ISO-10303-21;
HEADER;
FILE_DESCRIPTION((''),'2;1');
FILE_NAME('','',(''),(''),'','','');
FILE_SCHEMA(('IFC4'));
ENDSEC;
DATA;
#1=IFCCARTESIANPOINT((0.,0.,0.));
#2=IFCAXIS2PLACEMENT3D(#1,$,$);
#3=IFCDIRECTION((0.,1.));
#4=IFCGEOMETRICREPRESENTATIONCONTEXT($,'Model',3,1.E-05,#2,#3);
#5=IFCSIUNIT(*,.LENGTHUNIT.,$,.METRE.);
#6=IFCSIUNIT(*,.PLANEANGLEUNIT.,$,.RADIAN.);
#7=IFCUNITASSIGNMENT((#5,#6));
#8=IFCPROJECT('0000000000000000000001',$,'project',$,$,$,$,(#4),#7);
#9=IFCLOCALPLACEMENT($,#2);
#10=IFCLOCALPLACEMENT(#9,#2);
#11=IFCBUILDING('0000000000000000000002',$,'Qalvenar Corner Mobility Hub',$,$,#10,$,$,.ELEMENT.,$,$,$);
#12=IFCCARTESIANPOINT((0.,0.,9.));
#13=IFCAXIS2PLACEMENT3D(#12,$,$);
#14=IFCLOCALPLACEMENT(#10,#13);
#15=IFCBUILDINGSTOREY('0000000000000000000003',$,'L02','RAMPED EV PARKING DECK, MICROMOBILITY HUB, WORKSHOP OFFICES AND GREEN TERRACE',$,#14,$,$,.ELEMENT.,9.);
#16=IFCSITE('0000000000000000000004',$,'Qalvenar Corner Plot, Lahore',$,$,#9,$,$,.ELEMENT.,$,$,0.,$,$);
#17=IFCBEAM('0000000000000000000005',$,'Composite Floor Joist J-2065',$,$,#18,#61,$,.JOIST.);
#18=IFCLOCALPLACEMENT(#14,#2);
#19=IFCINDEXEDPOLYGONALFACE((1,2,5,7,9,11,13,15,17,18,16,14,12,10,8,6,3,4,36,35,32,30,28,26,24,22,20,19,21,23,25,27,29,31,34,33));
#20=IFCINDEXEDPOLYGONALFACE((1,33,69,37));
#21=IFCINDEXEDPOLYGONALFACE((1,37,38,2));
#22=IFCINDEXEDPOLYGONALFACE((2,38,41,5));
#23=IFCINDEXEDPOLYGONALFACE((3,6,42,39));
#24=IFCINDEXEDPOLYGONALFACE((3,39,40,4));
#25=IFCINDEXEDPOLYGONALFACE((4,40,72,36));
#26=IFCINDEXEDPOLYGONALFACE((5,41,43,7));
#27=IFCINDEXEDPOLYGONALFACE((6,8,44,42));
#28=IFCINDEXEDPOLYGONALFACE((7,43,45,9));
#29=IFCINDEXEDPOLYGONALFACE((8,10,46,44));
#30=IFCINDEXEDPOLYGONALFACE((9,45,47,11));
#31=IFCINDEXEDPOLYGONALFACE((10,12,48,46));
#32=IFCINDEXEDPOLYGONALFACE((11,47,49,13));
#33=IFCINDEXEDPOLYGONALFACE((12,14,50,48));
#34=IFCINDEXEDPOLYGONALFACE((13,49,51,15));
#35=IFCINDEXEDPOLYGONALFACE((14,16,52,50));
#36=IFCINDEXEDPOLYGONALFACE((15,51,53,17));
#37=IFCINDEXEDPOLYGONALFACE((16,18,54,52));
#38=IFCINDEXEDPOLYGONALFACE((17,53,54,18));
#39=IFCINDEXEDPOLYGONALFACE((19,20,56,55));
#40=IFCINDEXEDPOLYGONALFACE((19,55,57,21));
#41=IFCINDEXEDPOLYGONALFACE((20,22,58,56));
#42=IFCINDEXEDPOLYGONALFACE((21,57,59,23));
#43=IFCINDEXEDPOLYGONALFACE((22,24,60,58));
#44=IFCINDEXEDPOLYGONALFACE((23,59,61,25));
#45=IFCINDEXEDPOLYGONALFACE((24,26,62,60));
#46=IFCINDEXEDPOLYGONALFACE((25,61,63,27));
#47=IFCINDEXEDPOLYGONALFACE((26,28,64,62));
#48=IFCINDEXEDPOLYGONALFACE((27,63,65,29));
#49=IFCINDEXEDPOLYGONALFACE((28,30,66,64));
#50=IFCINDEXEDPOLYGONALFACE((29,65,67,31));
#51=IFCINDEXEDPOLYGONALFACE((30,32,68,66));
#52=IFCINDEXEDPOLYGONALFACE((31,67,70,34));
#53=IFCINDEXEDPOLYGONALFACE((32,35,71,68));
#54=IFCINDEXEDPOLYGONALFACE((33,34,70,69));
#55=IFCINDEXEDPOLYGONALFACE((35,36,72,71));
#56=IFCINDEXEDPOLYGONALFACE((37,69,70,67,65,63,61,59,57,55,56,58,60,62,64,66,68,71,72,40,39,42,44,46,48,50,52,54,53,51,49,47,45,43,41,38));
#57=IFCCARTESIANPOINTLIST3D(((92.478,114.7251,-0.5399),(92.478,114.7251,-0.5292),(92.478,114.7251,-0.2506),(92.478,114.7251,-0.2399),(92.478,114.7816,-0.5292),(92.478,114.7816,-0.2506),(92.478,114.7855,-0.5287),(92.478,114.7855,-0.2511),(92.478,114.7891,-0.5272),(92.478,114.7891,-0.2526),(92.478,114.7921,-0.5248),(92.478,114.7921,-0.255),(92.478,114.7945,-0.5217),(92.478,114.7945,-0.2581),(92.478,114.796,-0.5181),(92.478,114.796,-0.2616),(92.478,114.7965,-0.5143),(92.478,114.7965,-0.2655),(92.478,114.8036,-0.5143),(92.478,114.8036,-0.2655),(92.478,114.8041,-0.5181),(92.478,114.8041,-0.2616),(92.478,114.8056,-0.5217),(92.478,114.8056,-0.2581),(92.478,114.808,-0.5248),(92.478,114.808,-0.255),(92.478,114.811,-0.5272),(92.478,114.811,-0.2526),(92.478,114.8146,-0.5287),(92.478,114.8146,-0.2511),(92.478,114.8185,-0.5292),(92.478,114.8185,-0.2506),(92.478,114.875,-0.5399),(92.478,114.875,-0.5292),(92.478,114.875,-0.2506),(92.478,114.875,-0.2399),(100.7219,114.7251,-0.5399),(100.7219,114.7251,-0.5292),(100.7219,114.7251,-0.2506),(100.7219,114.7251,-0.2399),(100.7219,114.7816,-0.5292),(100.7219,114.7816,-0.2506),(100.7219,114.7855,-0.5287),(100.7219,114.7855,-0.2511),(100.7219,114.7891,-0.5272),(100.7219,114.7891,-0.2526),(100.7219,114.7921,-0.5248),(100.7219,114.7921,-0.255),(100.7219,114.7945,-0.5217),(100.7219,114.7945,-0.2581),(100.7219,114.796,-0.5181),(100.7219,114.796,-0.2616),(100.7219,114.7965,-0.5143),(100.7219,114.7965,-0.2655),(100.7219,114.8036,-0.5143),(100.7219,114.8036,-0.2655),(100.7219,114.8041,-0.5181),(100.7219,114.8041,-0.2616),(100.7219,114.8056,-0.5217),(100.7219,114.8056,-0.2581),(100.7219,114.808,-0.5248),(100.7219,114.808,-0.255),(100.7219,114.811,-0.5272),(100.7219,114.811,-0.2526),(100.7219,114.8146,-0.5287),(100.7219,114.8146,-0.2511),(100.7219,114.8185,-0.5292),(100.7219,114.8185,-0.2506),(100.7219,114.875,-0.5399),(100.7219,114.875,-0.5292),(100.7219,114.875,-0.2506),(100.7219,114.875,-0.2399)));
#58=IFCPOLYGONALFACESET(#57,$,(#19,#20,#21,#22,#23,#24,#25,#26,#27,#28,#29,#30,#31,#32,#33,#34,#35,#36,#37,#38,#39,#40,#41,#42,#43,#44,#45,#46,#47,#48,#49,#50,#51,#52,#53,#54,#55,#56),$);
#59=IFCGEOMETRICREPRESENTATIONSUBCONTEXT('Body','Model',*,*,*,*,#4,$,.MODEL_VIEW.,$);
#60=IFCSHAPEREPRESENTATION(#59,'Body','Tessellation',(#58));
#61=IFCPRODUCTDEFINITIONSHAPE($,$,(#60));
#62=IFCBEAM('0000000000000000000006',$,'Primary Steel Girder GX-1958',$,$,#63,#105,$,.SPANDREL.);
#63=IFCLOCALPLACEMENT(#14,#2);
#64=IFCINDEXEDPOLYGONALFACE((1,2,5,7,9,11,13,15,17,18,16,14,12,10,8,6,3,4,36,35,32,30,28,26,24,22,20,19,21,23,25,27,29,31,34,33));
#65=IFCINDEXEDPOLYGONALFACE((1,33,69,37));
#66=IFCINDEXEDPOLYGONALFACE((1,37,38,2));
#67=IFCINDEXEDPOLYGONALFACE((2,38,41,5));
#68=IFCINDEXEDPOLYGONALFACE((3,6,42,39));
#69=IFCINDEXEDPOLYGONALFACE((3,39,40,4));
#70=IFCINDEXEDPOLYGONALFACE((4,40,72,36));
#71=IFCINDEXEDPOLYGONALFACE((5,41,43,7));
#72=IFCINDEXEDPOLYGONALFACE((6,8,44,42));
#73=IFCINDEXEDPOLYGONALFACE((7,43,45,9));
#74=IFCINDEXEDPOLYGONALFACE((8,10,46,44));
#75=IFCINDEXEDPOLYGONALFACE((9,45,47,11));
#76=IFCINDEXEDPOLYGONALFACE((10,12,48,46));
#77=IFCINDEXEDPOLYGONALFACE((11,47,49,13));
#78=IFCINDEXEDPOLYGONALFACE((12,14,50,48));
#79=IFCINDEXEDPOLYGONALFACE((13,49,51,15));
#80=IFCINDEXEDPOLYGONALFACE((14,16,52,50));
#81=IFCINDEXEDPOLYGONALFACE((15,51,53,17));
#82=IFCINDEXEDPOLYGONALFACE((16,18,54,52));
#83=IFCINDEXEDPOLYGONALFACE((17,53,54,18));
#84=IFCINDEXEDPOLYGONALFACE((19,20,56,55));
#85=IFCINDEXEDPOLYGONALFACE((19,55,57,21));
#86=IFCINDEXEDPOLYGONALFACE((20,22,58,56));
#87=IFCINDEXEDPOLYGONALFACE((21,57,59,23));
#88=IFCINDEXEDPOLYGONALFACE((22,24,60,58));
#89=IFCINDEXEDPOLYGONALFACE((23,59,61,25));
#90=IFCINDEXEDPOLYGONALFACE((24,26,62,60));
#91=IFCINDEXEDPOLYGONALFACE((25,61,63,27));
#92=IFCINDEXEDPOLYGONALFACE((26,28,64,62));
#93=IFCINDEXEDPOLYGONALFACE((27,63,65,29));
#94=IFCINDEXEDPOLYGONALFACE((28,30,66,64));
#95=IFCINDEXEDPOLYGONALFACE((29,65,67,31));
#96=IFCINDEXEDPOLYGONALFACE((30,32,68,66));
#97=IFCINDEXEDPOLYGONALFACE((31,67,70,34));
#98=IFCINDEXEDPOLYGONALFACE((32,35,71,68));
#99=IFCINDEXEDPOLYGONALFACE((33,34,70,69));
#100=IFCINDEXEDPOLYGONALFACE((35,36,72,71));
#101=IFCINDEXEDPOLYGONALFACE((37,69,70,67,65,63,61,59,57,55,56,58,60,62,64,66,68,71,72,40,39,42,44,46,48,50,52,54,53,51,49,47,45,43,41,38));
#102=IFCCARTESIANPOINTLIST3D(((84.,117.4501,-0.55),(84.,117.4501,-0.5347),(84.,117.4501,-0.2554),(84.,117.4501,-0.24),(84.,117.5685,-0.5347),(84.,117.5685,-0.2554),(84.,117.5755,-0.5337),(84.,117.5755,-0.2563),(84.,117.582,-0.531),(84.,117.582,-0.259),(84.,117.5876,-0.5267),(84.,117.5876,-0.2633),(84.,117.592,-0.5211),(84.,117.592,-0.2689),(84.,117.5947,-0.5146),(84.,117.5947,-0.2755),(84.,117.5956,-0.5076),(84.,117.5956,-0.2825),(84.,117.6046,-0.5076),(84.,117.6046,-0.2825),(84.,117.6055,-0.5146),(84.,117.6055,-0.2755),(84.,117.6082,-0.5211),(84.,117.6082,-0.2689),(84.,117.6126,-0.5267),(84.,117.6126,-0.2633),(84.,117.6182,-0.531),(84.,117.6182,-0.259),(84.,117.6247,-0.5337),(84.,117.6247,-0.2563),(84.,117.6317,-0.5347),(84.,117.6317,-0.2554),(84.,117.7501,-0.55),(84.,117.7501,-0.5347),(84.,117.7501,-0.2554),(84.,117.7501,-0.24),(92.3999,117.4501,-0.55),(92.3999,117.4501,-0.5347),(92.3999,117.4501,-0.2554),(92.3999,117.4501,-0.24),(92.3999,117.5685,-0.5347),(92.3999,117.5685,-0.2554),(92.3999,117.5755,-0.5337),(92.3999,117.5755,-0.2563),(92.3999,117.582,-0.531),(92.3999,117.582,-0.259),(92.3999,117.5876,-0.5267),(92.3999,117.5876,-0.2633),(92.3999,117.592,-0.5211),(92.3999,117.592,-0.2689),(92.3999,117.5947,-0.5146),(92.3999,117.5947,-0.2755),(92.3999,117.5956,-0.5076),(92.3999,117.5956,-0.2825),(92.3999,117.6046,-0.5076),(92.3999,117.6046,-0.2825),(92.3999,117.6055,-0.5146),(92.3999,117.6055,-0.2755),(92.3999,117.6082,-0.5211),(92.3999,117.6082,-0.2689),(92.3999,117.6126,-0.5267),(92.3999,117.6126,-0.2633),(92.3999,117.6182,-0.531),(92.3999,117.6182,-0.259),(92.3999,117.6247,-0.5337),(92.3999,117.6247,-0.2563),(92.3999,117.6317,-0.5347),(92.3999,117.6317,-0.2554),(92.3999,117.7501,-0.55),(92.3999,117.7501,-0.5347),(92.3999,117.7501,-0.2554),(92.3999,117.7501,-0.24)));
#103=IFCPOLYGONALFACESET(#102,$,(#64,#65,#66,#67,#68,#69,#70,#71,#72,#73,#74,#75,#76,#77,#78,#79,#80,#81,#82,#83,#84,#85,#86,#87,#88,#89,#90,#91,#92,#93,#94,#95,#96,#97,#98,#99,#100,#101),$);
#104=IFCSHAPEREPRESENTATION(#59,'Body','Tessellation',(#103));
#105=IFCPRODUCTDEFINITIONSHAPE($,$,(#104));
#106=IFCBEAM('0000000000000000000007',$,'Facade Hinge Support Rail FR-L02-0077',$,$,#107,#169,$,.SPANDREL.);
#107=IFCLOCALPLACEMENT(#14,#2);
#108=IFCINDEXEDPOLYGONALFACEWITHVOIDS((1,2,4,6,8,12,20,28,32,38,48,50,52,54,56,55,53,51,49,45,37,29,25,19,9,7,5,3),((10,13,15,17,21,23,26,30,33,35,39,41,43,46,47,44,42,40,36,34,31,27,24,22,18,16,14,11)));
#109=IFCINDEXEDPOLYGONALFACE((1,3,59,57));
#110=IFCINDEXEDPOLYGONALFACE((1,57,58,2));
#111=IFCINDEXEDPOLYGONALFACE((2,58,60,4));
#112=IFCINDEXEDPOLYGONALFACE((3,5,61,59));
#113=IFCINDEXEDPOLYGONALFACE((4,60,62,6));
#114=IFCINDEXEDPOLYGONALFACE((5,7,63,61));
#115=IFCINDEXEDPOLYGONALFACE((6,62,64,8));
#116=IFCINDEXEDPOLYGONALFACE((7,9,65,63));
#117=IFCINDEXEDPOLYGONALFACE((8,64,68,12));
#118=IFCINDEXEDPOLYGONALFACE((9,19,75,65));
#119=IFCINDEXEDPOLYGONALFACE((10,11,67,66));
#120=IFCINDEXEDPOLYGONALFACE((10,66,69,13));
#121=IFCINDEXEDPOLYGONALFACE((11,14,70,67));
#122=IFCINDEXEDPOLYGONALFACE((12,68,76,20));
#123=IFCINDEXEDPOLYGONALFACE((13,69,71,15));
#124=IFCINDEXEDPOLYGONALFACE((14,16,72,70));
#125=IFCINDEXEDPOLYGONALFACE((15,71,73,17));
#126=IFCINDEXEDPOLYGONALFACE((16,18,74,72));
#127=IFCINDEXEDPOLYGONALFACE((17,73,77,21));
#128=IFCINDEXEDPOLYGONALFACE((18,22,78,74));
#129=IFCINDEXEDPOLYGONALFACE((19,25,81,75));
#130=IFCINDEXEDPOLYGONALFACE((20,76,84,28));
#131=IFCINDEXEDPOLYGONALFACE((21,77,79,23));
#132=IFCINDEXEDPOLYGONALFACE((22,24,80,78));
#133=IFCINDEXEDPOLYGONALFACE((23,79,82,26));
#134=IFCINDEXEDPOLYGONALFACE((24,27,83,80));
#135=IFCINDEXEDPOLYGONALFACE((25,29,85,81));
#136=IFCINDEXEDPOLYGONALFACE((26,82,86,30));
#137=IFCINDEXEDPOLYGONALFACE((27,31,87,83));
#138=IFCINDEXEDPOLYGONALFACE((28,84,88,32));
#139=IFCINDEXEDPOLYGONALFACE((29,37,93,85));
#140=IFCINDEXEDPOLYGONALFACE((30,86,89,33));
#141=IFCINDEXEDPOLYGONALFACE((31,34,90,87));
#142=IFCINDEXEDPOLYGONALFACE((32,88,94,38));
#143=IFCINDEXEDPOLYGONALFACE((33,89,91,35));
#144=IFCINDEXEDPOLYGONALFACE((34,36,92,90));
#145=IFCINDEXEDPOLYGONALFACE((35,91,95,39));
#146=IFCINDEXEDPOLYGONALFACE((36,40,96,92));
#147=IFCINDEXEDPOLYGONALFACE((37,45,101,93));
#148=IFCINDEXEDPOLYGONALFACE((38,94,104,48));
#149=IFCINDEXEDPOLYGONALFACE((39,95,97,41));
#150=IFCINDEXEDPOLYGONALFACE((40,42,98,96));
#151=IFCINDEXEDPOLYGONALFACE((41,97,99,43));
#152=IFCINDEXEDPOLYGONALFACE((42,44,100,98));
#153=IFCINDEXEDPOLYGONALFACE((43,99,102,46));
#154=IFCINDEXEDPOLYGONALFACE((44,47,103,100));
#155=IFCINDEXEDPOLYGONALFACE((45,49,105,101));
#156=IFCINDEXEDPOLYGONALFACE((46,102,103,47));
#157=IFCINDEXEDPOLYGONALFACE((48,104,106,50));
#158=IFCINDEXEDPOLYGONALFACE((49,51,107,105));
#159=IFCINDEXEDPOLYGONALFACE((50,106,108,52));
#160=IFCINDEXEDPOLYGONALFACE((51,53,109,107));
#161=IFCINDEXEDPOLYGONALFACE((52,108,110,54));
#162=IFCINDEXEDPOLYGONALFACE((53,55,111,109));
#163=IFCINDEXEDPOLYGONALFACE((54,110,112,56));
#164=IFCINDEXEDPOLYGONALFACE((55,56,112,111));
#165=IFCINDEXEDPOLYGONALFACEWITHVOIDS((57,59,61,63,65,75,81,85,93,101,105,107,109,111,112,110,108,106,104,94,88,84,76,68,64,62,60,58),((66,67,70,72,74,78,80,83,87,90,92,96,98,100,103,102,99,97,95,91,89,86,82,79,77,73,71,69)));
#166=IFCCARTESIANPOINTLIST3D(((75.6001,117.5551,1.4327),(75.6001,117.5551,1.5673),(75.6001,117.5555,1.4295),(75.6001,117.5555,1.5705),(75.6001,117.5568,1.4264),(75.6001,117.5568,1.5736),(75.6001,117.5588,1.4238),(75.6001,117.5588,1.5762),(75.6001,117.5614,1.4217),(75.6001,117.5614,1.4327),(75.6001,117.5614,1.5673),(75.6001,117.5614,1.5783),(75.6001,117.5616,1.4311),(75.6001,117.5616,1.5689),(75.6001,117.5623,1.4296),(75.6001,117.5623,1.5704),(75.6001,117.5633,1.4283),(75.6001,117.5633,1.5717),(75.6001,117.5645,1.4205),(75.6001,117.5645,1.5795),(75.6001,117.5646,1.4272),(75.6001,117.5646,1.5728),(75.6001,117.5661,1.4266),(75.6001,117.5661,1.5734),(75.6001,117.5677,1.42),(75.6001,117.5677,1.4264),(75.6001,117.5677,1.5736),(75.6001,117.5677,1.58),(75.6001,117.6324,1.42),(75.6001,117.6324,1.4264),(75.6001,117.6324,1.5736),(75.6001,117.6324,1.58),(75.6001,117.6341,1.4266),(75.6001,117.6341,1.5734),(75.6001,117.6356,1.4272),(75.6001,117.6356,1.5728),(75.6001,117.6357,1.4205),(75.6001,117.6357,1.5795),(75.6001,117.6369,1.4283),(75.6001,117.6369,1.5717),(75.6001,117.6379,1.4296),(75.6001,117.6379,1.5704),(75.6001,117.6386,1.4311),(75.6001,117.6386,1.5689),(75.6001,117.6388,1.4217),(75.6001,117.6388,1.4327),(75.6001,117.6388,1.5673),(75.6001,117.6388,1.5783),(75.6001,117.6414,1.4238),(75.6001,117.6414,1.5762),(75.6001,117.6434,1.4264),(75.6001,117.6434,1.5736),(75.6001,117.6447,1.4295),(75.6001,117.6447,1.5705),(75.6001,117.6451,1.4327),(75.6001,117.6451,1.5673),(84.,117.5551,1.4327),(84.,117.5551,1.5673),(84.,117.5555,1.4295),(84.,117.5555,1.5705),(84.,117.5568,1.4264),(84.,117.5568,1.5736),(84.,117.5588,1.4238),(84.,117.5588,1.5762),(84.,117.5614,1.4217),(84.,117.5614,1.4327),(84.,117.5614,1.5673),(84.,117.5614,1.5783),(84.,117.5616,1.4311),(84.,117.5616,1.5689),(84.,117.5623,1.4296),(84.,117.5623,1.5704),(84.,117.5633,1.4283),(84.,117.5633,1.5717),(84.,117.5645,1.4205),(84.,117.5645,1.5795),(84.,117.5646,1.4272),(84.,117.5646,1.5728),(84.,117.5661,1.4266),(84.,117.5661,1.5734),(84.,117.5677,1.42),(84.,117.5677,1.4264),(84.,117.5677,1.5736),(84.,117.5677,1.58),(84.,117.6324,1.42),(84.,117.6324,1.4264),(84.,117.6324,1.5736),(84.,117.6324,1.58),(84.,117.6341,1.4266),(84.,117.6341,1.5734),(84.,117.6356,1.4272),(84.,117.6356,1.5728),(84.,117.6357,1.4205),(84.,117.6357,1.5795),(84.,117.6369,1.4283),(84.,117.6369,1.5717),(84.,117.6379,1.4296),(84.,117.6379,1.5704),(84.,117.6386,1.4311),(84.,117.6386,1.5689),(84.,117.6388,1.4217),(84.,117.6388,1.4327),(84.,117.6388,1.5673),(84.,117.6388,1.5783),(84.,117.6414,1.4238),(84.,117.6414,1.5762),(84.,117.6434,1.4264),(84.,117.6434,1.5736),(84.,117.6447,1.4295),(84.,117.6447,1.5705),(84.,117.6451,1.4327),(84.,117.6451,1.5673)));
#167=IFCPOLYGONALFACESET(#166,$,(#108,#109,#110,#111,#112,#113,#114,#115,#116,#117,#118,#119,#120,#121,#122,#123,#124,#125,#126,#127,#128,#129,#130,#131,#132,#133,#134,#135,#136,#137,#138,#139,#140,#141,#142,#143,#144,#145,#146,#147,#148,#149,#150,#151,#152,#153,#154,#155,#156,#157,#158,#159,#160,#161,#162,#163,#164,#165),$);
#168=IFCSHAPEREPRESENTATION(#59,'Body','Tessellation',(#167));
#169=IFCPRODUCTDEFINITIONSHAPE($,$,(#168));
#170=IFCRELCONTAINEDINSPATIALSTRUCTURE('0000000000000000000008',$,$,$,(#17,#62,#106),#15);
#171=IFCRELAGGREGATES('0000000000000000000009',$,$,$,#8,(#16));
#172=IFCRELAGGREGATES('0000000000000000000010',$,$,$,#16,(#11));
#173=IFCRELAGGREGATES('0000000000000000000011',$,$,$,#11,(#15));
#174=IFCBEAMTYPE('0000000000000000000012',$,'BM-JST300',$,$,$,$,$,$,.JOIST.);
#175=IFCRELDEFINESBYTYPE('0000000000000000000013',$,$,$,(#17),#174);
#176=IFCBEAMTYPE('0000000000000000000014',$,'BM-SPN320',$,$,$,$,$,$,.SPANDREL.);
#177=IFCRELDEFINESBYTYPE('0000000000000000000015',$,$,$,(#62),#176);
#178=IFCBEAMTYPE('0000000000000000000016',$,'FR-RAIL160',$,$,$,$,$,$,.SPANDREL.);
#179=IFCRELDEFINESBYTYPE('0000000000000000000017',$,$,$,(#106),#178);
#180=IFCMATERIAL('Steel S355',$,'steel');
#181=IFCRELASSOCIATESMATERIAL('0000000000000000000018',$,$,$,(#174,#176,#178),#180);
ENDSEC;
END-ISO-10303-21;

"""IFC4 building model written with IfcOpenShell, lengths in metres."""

from ifc_helpers import new_model, si_unit, direction, frame, origin, origin_2d, place, context, subcontext, project, spatial, hollow_rectangle, i_section, extrude, material, material_profile, profile_set, type_object, element, save


model = new_model("IFC4")

# Units and contexts
model_context = context("Model", 3, precision=1e-05, world=origin(), true_north=direction((0.0, 1.0)))
body_context = subcontext(model_context, "Body", "Model", "MODEL_VIEW")
ifc_project = project(units=[si_unit("LENGTHUNIT", "METRE"), si_unit("PLANEANGLEUNIT", "RADIAN")], contexts=[model_context])

# Site, building, storey
site_placement = place(None, origin())
site = spatial("IfcSite", under=ifc_project, at=site_placement, Name="Qalvenar Corner Plot, Lahore", CompositionType="ELEMENT", RefElevation=0.0)
building_placement = place(site_placement, origin())
building = spatial("IfcBuilding", under=site, at=building_placement, Name="Qalvenar Corner Mobility Hub", CompositionType="ELEMENT")
storey_placement = place(building_placement, frame((0.0, 0.0, 9.0)))
storey = spatial("IfcBuildingStorey", under=building, at=storey_placement, Name="L02", Description="RAMPED EV PARKING DECK, MICROMOBILITY HUB, WORKSHOP OFFICES AND GREEN TERRACE", CompositionType="ELEMENT", Elevation=9.0)

# Shared definitions
ifc_material = material(Name="Steel S355", Category="steel")

# Beams
ifc_material_profile_1 = material_profile(ifc_material, i_section(OverallWidth=0.1499, OverallDepth=0.3, WebThickness=0.0071, FlangeThickness=0.0107, FilletRadius=0.0149, at=origin_2d()), Name="IPE300")
ifc_profile_set_1 = profile_set([ifc_material_profile_1], Name="Steel S355")
beam_type_1 = type_object("IfcBeamType", Name="BM-JST300", PredefinedType="JOIST", material=ifc_profile_set_1)
for number, where, z_axis, x_axis, name in (
    (1, (92.478, 114.8, -0.3899), (1.0, 0.0, 0.0), (0.0, 1.0, 0.0), "Composite Floor Joist J-2065"),
):
    element("IfcBeam", number, at=place(storey_placement, frame(where, z_axis=z_axis, x_axis=x_axis)), inside=storey, type_object=beam_type_1, Name=name, PredefinedType="JOIST", context=body_context, shape_type="SweptSolid", body=[
        extrude(i_section(OverallWidth=0.1499, OverallDepth=0.3, WebThickness=0.0071, FlangeThickness=0.0107, FilletRadius=0.0149, at=origin_2d()), origin(), (0.0, 0.0, 1.0), 8.2439),
    ])
ifc_material_profile_2 = material_profile(ifc_material, i_section(OverallWidth=0.3, OverallDepth=0.3101, WebThickness=0.009, FlangeThickness=0.0154, FilletRadius=0.0271, at=origin_2d()), Name="HEA320")
ifc_profile_set_2 = profile_set([ifc_material_profile_2], Name="Steel S355")
beam_type_2 = type_object("IfcBeamType", Name="BM-SPN320", PredefinedType="SPANDREL", material=ifc_profile_set_2)
beam_1_placement = place(storey_placement, frame((84.0, 117.6001, -0.395), z_axis=(1.0, 0.0, 0.0), x_axis=(0.0, 1.0, 0.0)))
element("IfcBeam", 2, at=beam_1_placement, inside=storey, type_object=beam_type_2, Name="Primary Steel Girder GX-1958", PredefinedType="SPANDREL", context=body_context, shape_type="SweptSolid", body=[
    extrude(i_section(OverallWidth=0.3, OverallDepth=0.3101, WebThickness=0.009, FlangeThickness=0.0154, FilletRadius=0.0271, at=origin_2d()), origin(), (0.0, 0.0, 1.0), 8.3999),
])
ifc_material_profile_3 = material_profile(ifc_material, hollow_rectangle(XDim=0.0901, YDim=0.1599, WallThickness=0.0063, InnerFilletRadius=0.0063, OuterFilletRadius=0.0127, at=origin_2d()), Name="RHS160x90x6.3")
ifc_profile_set_3 = profile_set([ifc_material_profile_3], Name="Steel S355")
beam_type_3 = type_object("IfcBeamType", Name="FR-RAIL160", PredefinedType="SPANDREL", material=ifc_profile_set_3)
beam_2_placement = place(storey_placement, frame((84.0, 117.6001, 1.5), z_axis=(-1.0, 0.0, 0.0), x_axis=(0.0, -1.0, 0.0)))
element("IfcBeam", 3, at=beam_2_placement, inside=storey, type_object=beam_type_3, Name="Facade Hinge Support Rail FR-L02-0077", PredefinedType="SPANDREL", context=body_context, shape_type="SweptSolid", body=[
    extrude(hollow_rectangle(XDim=0.0901, YDim=0.1599, WallThickness=0.0063, InnerFilletRadius=0.0063, OuterFilletRadius=0.0127, at=origin_2d()), origin(), (0.0, 0.0, 1.0), 8.3999),
])

save(model, "model.ifc")
